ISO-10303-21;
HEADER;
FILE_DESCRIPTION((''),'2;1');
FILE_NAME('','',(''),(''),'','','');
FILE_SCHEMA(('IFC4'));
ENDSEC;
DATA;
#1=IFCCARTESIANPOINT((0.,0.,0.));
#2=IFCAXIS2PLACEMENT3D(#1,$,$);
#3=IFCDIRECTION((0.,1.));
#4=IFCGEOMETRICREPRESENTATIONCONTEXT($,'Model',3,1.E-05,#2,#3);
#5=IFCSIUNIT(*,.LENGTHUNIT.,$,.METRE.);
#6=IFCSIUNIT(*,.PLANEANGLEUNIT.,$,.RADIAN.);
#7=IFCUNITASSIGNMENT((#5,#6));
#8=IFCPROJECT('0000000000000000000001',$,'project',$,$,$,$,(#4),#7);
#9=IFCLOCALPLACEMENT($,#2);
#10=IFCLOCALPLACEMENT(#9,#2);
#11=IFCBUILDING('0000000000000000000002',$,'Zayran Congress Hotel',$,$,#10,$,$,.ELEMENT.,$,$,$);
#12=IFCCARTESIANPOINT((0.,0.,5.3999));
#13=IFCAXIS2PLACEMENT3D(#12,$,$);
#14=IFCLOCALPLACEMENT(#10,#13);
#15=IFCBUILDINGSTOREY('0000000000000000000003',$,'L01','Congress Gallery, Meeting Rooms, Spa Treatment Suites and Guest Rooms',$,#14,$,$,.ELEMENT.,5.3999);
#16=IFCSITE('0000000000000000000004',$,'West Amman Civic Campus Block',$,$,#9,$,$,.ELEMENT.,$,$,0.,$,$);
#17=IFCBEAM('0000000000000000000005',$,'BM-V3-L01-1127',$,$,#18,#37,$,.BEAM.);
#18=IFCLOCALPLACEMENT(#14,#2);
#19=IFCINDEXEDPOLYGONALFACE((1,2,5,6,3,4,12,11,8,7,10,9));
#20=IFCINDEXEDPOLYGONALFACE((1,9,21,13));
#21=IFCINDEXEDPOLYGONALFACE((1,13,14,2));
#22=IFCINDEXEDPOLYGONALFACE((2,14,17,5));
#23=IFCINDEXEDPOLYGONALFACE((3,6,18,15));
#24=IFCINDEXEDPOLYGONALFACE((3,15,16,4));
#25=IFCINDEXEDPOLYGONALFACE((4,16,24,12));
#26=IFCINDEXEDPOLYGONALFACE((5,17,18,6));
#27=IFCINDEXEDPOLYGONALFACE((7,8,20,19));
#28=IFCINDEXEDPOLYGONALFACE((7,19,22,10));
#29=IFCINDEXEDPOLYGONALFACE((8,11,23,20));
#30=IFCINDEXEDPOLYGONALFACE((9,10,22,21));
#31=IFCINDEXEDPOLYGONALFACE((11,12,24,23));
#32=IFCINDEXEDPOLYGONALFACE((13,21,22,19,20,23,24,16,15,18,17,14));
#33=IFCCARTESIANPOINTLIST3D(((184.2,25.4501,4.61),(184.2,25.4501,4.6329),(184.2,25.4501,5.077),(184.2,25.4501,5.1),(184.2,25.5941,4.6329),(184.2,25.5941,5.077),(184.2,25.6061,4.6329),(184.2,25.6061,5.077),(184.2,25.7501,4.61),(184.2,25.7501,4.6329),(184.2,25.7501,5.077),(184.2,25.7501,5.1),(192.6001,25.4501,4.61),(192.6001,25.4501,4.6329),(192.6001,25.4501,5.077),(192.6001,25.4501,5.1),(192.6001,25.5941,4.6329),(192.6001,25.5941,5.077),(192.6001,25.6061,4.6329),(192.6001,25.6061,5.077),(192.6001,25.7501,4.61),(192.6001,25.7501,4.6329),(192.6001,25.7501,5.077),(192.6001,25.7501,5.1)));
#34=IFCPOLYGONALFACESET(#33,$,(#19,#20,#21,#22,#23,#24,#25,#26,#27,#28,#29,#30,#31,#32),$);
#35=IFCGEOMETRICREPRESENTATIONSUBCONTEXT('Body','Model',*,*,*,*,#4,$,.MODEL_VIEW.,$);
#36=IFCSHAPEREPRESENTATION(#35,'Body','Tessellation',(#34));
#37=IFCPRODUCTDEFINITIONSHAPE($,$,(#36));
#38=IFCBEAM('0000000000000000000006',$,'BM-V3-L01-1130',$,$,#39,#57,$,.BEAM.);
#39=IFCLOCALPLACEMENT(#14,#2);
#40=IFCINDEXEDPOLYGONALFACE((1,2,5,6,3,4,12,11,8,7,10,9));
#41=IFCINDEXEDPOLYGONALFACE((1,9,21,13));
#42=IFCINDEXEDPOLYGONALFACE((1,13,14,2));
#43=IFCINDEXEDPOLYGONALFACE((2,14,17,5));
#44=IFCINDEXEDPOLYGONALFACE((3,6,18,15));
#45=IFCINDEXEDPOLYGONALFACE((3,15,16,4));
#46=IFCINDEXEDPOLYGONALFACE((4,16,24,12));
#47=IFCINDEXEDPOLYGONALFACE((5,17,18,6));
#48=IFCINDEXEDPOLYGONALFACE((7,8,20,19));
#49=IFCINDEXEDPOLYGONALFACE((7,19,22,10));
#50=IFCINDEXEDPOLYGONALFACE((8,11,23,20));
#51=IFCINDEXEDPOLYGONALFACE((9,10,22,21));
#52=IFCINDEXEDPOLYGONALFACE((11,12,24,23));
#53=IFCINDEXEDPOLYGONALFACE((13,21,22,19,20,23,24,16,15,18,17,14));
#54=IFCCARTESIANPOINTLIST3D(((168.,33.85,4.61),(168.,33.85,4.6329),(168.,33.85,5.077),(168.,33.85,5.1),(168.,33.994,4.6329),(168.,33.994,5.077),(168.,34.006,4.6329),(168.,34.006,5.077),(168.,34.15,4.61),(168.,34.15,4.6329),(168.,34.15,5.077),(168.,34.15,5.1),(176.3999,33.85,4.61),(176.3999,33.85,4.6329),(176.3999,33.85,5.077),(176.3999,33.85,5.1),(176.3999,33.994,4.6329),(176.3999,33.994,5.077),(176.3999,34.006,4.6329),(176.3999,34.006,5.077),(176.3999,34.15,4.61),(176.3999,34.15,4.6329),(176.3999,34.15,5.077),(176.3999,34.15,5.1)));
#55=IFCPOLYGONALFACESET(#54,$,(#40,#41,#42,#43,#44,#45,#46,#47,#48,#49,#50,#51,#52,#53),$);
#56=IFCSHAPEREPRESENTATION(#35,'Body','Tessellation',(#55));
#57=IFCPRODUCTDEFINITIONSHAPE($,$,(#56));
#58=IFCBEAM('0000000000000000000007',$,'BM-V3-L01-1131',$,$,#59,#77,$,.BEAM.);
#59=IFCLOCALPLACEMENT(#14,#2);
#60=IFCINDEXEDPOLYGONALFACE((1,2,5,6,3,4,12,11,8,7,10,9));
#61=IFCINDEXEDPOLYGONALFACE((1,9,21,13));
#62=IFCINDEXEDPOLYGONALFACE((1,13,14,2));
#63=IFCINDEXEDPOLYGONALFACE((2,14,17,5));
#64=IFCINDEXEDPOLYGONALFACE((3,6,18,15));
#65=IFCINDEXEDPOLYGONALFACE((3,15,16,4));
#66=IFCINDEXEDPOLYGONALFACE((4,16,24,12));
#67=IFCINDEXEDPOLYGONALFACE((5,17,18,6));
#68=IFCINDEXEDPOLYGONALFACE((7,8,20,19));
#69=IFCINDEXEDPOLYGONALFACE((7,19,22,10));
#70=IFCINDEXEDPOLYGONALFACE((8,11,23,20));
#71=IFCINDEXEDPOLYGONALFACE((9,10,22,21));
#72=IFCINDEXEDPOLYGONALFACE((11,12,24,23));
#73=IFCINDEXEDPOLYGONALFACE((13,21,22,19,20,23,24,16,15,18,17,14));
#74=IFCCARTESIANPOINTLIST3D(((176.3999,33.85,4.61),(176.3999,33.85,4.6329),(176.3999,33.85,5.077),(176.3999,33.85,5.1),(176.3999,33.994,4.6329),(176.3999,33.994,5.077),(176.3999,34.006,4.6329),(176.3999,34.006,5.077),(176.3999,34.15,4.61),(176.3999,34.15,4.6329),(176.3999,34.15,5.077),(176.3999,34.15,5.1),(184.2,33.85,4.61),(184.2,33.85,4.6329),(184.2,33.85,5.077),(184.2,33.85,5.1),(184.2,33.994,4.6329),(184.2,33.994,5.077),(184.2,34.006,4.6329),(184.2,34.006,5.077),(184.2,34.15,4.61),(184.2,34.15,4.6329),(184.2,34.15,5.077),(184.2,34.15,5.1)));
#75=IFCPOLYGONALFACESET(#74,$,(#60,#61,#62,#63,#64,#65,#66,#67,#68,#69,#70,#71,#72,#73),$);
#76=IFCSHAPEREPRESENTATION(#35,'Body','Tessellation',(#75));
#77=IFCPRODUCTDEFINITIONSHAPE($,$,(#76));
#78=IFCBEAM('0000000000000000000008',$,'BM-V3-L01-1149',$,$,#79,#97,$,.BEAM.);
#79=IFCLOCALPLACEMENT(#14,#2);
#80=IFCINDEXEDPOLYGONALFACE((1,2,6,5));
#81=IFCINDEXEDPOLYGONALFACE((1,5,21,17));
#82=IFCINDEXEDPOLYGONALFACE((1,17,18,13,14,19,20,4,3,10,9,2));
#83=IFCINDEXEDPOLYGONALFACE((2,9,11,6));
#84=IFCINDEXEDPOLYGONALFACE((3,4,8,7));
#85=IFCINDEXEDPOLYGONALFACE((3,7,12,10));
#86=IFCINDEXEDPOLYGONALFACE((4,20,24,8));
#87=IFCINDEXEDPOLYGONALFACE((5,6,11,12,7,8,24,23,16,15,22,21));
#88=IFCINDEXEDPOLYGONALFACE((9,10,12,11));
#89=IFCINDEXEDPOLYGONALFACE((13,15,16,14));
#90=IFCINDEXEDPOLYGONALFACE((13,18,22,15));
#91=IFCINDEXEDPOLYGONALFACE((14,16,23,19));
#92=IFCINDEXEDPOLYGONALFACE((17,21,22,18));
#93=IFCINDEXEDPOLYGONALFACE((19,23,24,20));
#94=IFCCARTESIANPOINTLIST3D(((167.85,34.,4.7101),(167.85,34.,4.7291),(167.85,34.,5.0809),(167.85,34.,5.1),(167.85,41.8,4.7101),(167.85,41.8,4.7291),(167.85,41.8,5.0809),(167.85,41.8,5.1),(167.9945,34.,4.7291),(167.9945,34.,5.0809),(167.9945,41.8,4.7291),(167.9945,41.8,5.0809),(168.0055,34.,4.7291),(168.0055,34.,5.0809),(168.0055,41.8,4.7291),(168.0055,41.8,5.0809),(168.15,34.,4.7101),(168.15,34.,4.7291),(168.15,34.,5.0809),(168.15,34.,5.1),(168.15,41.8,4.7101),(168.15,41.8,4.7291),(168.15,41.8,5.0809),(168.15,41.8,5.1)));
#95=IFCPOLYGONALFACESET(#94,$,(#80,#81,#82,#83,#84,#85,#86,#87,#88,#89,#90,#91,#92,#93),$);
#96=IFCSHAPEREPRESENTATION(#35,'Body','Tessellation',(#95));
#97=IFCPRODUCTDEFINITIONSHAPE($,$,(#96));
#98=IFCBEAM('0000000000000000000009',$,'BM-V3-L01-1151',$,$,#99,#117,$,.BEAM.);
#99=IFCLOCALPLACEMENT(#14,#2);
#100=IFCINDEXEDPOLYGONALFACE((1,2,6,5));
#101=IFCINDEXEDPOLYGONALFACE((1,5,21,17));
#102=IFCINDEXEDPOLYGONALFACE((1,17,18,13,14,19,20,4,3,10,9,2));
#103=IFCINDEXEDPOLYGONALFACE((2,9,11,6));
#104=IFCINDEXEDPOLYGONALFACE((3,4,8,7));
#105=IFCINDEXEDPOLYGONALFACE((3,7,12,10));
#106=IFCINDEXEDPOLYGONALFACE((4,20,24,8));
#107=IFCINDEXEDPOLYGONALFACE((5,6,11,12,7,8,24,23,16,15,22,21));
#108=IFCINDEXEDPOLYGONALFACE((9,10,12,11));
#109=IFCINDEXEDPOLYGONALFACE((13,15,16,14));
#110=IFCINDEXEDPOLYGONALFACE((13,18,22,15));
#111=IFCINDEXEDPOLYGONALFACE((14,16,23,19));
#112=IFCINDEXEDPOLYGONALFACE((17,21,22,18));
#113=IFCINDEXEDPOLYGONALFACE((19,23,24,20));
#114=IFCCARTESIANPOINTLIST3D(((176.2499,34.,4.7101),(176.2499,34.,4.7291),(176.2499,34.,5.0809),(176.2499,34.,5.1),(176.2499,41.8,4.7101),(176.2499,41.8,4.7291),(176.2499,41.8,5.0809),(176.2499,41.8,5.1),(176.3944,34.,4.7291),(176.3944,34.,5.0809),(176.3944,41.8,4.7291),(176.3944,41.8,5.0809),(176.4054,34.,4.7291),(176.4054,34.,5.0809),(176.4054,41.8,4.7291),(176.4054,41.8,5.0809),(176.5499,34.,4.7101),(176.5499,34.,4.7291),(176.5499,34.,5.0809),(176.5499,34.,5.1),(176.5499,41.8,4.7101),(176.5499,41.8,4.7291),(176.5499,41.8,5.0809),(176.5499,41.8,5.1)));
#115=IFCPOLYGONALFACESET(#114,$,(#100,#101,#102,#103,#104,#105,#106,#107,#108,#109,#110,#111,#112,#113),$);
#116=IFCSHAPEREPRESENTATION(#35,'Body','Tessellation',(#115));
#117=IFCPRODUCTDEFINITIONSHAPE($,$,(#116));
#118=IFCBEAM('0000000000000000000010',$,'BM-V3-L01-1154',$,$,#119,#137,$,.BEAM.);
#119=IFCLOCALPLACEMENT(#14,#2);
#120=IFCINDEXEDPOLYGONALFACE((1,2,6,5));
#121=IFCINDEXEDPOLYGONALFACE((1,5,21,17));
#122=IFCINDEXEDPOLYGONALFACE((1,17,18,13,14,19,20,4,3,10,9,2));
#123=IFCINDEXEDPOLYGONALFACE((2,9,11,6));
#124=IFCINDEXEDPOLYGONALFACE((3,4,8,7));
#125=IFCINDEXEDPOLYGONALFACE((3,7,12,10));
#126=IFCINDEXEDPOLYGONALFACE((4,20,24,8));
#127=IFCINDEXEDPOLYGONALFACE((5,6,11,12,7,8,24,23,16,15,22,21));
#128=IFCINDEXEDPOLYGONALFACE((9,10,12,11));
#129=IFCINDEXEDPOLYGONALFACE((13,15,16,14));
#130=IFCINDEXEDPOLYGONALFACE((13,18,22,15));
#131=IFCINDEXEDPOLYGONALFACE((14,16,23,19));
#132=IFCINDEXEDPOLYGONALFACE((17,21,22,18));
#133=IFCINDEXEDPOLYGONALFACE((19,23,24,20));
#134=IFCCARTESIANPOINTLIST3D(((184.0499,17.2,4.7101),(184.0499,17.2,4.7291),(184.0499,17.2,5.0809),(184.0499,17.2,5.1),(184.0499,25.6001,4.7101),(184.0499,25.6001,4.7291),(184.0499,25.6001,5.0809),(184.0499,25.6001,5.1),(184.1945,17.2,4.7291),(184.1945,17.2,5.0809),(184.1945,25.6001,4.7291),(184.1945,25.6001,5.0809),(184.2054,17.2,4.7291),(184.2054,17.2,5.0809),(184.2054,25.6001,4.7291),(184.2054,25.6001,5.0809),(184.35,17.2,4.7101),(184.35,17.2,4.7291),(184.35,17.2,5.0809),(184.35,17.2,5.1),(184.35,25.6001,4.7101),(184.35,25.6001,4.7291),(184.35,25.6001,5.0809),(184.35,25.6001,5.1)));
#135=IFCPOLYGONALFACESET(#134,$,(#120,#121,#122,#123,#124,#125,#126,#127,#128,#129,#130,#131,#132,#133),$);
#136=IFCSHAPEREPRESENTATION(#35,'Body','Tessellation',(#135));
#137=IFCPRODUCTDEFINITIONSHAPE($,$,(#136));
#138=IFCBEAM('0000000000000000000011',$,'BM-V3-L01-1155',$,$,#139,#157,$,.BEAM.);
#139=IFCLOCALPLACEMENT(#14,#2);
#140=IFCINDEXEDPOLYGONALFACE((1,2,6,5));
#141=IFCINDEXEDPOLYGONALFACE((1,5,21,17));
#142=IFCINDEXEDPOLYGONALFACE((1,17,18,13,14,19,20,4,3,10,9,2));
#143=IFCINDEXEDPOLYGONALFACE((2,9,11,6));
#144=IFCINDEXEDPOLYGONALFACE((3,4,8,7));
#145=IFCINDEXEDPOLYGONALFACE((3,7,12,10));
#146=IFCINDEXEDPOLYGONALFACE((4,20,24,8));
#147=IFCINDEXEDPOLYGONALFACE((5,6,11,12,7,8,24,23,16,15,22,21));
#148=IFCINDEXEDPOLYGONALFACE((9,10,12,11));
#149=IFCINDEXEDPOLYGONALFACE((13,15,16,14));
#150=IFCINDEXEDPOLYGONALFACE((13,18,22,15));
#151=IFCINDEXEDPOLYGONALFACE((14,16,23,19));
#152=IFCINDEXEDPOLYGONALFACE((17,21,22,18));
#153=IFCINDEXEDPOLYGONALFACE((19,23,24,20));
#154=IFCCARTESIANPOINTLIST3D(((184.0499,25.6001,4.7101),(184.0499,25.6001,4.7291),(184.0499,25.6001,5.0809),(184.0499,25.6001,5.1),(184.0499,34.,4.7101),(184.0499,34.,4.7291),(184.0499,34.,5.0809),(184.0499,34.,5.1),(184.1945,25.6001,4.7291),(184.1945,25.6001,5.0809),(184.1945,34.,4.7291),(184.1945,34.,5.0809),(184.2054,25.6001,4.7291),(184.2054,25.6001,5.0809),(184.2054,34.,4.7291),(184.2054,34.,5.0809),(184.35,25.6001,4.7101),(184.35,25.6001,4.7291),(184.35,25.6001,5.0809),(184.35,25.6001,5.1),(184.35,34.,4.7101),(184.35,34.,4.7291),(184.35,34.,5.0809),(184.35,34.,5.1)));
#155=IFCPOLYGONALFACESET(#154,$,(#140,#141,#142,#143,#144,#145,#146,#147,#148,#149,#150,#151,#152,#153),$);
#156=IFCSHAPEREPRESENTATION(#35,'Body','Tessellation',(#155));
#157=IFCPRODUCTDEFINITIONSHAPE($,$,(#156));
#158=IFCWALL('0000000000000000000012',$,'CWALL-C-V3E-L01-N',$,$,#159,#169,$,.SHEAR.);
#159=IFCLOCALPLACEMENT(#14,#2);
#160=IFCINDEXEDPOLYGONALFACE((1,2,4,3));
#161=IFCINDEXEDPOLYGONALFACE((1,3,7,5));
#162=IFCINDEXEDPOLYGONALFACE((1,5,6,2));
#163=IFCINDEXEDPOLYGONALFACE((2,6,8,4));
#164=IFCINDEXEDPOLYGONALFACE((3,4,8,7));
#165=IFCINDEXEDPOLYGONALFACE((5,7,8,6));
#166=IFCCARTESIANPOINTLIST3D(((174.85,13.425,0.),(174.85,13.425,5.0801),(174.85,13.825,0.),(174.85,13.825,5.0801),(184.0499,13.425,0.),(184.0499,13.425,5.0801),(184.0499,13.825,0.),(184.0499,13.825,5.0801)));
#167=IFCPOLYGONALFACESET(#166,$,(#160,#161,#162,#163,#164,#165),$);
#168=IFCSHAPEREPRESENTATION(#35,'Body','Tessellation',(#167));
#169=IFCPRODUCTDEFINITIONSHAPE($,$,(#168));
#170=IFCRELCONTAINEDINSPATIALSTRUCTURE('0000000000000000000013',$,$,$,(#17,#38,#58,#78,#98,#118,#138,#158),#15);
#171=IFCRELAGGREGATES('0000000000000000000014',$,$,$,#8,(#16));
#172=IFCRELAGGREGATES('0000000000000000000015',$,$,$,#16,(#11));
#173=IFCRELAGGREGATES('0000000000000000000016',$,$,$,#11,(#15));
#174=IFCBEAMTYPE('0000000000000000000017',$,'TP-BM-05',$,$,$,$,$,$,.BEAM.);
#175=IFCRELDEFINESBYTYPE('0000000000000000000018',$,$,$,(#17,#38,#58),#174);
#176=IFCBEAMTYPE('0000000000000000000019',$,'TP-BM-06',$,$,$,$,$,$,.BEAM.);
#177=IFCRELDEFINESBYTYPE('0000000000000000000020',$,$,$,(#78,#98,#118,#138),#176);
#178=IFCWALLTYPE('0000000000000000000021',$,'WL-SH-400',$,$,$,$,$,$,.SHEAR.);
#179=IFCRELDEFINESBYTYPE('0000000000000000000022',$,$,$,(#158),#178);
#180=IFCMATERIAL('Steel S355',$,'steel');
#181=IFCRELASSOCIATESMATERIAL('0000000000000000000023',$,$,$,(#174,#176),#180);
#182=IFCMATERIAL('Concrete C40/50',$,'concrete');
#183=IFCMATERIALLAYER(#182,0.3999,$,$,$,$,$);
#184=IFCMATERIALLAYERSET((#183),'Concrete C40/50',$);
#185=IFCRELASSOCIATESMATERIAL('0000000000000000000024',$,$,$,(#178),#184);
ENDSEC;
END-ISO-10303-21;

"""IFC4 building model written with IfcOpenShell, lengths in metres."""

from ifc_helpers import new_model, si_unit, direction, frame, frame_2d, origin, origin_2d, place, context, subcontext, project, spatial, rectangle, i_section, extrude, material, layer, layer_set, material_profile, profile_set, type_object, element, save


model = new_model("IFC4")

# Units and contexts
model_context = context("Model", 3, precision=1e-05, world=origin(), true_north=direction((0.0, 1.0)))
body_context = subcontext(model_context, "Body", "Model", "MODEL_VIEW")
ifc_project = project(units=[si_unit("LENGTHUNIT", "METRE"), si_unit("PLANEANGLEUNIT", "RADIAN")], contexts=[model_context])

# Site, building, storey
site_placement = place(None, origin())
site = spatial("IfcSite", under=ifc_project, at=site_placement, Name="West Amman Civic Campus Block", CompositionType="ELEMENT", RefElevation=0.0)
building_placement = place(site_placement, origin())
building = spatial("IfcBuilding", under=site, at=building_placement, Name="Zayran Congress Hotel", CompositionType="ELEMENT")
storey_placement = place(building_placement, frame((0.0, 0.0, 5.3999)))
storey = spatial("IfcBuildingStorey", under=building, at=storey_placement, Name="L01", Description="Congress Gallery, Meeting Rooms, Spa Treatment Suites and Guest Rooms", CompositionType="ELEMENT", Elevation=5.3999)

# Shared definitions
ifc_material_1 = material(Name="Steel S355", Category="steel")

# Beams
ifc_material_profile_1 = material_profile(ifc_material_1, i_section(OverallWidth=0.3, OverallDepth=0.49, WebThickness=0.012, FlangeThickness=0.0229, at=origin_2d()), Name="HEA 500")
ifc_profile_set_1 = profile_set([ifc_material_profile_1], Name="Steel S355")
beam_type_1 = type_object("IfcBeamType", Name="TP-BM-05", PredefinedType="BEAM", material=ifc_profile_set_1)
for number, where, z_axis, x_axis, name in (
    (1, (184.2, 25.6001, 4.855), (1.0, 0.0, 0.0), (0.0, 1.0, 0.0), "BM-V3-L01-1127"),
):
    element("IfcBeam", number, at=place(storey_placement, frame(where, z_axis=z_axis, x_axis=x_axis)), inside=storey, type_object=beam_type_1, Name=name, PredefinedType="BEAM", context=body_context, shape_type="SweptSolid", body=[
        extrude(i_section(OverallWidth=0.3, OverallDepth=0.49, WebThickness=0.012, FlangeThickness=0.0229, at=origin_2d()), origin(), (0.0, 0.0, 1.0), 8.4001),
    ])
beam_1_placement = place(storey_placement, frame((168.0, 34.0, 4.855), z_axis=(1.0, 0.0, 0.0), x_axis=(0.0, 1.0, 0.0)))
element("IfcBeam", 2, at=beam_1_placement, inside=storey, type_object=beam_type_1, Name="BM-V3-L01-1130", PredefinedType="BEAM", context=body_context, shape_type="SweptSolid", body=[
    extrude(i_section(OverallWidth=0.3, OverallDepth=0.49, WebThickness=0.012, FlangeThickness=0.0229, at=origin_2d()), origin(), (0.0, 0.0, 1.0), 8.3999),
])
beam_2_placement = place(storey_placement, frame((176.3999, 34.0, 4.855), z_axis=(1.0, 0.0, 0.0), x_axis=(0.0, 1.0, 0.0)))
element("IfcBeam", 3, at=beam_2_placement, inside=storey, type_object=beam_type_1, Name="BM-V3-L01-1131", PredefinedType="BEAM", context=body_context, shape_type="SweptSolid", body=[
    extrude(i_section(OverallWidth=0.3, OverallDepth=0.49, WebThickness=0.012, FlangeThickness=0.0229, at=origin_2d()), origin(), (0.0, 0.0, 1.0), 7.8),
])
ifc_material_profile_2 = material_profile(ifc_material_1, i_section(OverallWidth=0.3, OverallDepth=0.3899, WebThickness=0.011, FlangeThickness=0.019, at=origin_2d()), Name="HEA 400")
ifc_profile_set_2 = profile_set([ifc_material_profile_2], Name="Steel S355")
beam_type_2 = type_object("IfcBeamType", Name="TP-BM-06", PredefinedType="BEAM", material=ifc_profile_set_2)
for number, where, z_axis, x_axis, name in (
    (4, (168.0, 34.0, 4.905), (0.0, 1.0, 0.0), (-1.0, 0.0, 0.0), "BM-V3-L01-1149"),
    (5, (176.3999, 34.0, 4.905), (0.0, 1.0, 0.0), (-1.0, 0.0, 0.0), "BM-V3-L01-1151"),
):
    element("IfcBeam", number, at=place(storey_placement, frame(where, z_axis=z_axis, x_axis=x_axis)), inside=storey, type_object=beam_type_2, Name=name, PredefinedType="BEAM", context=body_context, shape_type="SweptSolid", body=[
        extrude(i_section(OverallWidth=0.3, OverallDepth=0.3899, WebThickness=0.011, FlangeThickness=0.019, at=origin_2d()), origin(), (0.0, 0.0, 1.0), 7.8),
    ])
beam_3_placement = place(storey_placement, frame((184.2, 17.2, 4.905), z_axis=(0.0, 1.0, 0.0), x_axis=(-1.0, 0.0, 0.0)))
element("IfcBeam", 6, at=beam_3_placement, inside=storey, type_object=beam_type_2, Name="BM-V3-L01-1154", PredefinedType="BEAM", context=body_context, shape_type="SweptSolid", body=[
    extrude(i_section(OverallWidth=0.3, OverallDepth=0.3899, WebThickness=0.011, FlangeThickness=0.019, at=origin_2d()), origin(), (0.0, 0.0, 1.0), 8.4001),
])
beam_4_placement = place(storey_placement, frame((184.2, 25.6001, 4.905), z_axis=(0.0, 1.0, 0.0), x_axis=(-1.0, 0.0, 0.0)))
element("IfcBeam", 7, at=beam_4_placement, inside=storey, type_object=beam_type_2, Name="BM-V3-L01-1155", PredefinedType="BEAM", context=body_context, shape_type="SweptSolid", body=[
    extrude(i_section(OverallWidth=0.3, OverallDepth=0.3899, WebThickness=0.011, FlangeThickness=0.019, at=origin_2d()), origin(), (0.0, 0.0, 1.0), 8.3999),
])

# Wall
ifc_material_2 = material(Name="Concrete C40/50", Category="concrete")
ifc_layer_1 = layer(ifc_material_2, 0.3999)
ifc_layer_set_1 = layer_set([ifc_layer_1], Name="Concrete C40/50")
wall_type_1 = type_object("IfcWallType", Name="WL-SH-400", PredefinedType="SHEAR", material=ifc_layer_set_1)
wall_1_placement = place(storey_placement, frame((184.05, 13.625, 0.0), z_axis=(0.0, 0.0, 1.0), x_axis=(-1.0, 0.0, 0.0)))
element("IfcWall", 8, at=wall_1_placement, inside=storey, type_object=wall_type_1, Name="CWALL-C-V3E-L01-N", PredefinedType="SHEAR", context=body_context, shape_type="SweptSolid", body=[
    extrude(rectangle(XDim=9.2, YDim=0.3999, at=frame_2d((4.6001, 0.0))), origin(), (0.0, 0.0, 1.0), 5.0801),
])

save(model, "model.ifc")
